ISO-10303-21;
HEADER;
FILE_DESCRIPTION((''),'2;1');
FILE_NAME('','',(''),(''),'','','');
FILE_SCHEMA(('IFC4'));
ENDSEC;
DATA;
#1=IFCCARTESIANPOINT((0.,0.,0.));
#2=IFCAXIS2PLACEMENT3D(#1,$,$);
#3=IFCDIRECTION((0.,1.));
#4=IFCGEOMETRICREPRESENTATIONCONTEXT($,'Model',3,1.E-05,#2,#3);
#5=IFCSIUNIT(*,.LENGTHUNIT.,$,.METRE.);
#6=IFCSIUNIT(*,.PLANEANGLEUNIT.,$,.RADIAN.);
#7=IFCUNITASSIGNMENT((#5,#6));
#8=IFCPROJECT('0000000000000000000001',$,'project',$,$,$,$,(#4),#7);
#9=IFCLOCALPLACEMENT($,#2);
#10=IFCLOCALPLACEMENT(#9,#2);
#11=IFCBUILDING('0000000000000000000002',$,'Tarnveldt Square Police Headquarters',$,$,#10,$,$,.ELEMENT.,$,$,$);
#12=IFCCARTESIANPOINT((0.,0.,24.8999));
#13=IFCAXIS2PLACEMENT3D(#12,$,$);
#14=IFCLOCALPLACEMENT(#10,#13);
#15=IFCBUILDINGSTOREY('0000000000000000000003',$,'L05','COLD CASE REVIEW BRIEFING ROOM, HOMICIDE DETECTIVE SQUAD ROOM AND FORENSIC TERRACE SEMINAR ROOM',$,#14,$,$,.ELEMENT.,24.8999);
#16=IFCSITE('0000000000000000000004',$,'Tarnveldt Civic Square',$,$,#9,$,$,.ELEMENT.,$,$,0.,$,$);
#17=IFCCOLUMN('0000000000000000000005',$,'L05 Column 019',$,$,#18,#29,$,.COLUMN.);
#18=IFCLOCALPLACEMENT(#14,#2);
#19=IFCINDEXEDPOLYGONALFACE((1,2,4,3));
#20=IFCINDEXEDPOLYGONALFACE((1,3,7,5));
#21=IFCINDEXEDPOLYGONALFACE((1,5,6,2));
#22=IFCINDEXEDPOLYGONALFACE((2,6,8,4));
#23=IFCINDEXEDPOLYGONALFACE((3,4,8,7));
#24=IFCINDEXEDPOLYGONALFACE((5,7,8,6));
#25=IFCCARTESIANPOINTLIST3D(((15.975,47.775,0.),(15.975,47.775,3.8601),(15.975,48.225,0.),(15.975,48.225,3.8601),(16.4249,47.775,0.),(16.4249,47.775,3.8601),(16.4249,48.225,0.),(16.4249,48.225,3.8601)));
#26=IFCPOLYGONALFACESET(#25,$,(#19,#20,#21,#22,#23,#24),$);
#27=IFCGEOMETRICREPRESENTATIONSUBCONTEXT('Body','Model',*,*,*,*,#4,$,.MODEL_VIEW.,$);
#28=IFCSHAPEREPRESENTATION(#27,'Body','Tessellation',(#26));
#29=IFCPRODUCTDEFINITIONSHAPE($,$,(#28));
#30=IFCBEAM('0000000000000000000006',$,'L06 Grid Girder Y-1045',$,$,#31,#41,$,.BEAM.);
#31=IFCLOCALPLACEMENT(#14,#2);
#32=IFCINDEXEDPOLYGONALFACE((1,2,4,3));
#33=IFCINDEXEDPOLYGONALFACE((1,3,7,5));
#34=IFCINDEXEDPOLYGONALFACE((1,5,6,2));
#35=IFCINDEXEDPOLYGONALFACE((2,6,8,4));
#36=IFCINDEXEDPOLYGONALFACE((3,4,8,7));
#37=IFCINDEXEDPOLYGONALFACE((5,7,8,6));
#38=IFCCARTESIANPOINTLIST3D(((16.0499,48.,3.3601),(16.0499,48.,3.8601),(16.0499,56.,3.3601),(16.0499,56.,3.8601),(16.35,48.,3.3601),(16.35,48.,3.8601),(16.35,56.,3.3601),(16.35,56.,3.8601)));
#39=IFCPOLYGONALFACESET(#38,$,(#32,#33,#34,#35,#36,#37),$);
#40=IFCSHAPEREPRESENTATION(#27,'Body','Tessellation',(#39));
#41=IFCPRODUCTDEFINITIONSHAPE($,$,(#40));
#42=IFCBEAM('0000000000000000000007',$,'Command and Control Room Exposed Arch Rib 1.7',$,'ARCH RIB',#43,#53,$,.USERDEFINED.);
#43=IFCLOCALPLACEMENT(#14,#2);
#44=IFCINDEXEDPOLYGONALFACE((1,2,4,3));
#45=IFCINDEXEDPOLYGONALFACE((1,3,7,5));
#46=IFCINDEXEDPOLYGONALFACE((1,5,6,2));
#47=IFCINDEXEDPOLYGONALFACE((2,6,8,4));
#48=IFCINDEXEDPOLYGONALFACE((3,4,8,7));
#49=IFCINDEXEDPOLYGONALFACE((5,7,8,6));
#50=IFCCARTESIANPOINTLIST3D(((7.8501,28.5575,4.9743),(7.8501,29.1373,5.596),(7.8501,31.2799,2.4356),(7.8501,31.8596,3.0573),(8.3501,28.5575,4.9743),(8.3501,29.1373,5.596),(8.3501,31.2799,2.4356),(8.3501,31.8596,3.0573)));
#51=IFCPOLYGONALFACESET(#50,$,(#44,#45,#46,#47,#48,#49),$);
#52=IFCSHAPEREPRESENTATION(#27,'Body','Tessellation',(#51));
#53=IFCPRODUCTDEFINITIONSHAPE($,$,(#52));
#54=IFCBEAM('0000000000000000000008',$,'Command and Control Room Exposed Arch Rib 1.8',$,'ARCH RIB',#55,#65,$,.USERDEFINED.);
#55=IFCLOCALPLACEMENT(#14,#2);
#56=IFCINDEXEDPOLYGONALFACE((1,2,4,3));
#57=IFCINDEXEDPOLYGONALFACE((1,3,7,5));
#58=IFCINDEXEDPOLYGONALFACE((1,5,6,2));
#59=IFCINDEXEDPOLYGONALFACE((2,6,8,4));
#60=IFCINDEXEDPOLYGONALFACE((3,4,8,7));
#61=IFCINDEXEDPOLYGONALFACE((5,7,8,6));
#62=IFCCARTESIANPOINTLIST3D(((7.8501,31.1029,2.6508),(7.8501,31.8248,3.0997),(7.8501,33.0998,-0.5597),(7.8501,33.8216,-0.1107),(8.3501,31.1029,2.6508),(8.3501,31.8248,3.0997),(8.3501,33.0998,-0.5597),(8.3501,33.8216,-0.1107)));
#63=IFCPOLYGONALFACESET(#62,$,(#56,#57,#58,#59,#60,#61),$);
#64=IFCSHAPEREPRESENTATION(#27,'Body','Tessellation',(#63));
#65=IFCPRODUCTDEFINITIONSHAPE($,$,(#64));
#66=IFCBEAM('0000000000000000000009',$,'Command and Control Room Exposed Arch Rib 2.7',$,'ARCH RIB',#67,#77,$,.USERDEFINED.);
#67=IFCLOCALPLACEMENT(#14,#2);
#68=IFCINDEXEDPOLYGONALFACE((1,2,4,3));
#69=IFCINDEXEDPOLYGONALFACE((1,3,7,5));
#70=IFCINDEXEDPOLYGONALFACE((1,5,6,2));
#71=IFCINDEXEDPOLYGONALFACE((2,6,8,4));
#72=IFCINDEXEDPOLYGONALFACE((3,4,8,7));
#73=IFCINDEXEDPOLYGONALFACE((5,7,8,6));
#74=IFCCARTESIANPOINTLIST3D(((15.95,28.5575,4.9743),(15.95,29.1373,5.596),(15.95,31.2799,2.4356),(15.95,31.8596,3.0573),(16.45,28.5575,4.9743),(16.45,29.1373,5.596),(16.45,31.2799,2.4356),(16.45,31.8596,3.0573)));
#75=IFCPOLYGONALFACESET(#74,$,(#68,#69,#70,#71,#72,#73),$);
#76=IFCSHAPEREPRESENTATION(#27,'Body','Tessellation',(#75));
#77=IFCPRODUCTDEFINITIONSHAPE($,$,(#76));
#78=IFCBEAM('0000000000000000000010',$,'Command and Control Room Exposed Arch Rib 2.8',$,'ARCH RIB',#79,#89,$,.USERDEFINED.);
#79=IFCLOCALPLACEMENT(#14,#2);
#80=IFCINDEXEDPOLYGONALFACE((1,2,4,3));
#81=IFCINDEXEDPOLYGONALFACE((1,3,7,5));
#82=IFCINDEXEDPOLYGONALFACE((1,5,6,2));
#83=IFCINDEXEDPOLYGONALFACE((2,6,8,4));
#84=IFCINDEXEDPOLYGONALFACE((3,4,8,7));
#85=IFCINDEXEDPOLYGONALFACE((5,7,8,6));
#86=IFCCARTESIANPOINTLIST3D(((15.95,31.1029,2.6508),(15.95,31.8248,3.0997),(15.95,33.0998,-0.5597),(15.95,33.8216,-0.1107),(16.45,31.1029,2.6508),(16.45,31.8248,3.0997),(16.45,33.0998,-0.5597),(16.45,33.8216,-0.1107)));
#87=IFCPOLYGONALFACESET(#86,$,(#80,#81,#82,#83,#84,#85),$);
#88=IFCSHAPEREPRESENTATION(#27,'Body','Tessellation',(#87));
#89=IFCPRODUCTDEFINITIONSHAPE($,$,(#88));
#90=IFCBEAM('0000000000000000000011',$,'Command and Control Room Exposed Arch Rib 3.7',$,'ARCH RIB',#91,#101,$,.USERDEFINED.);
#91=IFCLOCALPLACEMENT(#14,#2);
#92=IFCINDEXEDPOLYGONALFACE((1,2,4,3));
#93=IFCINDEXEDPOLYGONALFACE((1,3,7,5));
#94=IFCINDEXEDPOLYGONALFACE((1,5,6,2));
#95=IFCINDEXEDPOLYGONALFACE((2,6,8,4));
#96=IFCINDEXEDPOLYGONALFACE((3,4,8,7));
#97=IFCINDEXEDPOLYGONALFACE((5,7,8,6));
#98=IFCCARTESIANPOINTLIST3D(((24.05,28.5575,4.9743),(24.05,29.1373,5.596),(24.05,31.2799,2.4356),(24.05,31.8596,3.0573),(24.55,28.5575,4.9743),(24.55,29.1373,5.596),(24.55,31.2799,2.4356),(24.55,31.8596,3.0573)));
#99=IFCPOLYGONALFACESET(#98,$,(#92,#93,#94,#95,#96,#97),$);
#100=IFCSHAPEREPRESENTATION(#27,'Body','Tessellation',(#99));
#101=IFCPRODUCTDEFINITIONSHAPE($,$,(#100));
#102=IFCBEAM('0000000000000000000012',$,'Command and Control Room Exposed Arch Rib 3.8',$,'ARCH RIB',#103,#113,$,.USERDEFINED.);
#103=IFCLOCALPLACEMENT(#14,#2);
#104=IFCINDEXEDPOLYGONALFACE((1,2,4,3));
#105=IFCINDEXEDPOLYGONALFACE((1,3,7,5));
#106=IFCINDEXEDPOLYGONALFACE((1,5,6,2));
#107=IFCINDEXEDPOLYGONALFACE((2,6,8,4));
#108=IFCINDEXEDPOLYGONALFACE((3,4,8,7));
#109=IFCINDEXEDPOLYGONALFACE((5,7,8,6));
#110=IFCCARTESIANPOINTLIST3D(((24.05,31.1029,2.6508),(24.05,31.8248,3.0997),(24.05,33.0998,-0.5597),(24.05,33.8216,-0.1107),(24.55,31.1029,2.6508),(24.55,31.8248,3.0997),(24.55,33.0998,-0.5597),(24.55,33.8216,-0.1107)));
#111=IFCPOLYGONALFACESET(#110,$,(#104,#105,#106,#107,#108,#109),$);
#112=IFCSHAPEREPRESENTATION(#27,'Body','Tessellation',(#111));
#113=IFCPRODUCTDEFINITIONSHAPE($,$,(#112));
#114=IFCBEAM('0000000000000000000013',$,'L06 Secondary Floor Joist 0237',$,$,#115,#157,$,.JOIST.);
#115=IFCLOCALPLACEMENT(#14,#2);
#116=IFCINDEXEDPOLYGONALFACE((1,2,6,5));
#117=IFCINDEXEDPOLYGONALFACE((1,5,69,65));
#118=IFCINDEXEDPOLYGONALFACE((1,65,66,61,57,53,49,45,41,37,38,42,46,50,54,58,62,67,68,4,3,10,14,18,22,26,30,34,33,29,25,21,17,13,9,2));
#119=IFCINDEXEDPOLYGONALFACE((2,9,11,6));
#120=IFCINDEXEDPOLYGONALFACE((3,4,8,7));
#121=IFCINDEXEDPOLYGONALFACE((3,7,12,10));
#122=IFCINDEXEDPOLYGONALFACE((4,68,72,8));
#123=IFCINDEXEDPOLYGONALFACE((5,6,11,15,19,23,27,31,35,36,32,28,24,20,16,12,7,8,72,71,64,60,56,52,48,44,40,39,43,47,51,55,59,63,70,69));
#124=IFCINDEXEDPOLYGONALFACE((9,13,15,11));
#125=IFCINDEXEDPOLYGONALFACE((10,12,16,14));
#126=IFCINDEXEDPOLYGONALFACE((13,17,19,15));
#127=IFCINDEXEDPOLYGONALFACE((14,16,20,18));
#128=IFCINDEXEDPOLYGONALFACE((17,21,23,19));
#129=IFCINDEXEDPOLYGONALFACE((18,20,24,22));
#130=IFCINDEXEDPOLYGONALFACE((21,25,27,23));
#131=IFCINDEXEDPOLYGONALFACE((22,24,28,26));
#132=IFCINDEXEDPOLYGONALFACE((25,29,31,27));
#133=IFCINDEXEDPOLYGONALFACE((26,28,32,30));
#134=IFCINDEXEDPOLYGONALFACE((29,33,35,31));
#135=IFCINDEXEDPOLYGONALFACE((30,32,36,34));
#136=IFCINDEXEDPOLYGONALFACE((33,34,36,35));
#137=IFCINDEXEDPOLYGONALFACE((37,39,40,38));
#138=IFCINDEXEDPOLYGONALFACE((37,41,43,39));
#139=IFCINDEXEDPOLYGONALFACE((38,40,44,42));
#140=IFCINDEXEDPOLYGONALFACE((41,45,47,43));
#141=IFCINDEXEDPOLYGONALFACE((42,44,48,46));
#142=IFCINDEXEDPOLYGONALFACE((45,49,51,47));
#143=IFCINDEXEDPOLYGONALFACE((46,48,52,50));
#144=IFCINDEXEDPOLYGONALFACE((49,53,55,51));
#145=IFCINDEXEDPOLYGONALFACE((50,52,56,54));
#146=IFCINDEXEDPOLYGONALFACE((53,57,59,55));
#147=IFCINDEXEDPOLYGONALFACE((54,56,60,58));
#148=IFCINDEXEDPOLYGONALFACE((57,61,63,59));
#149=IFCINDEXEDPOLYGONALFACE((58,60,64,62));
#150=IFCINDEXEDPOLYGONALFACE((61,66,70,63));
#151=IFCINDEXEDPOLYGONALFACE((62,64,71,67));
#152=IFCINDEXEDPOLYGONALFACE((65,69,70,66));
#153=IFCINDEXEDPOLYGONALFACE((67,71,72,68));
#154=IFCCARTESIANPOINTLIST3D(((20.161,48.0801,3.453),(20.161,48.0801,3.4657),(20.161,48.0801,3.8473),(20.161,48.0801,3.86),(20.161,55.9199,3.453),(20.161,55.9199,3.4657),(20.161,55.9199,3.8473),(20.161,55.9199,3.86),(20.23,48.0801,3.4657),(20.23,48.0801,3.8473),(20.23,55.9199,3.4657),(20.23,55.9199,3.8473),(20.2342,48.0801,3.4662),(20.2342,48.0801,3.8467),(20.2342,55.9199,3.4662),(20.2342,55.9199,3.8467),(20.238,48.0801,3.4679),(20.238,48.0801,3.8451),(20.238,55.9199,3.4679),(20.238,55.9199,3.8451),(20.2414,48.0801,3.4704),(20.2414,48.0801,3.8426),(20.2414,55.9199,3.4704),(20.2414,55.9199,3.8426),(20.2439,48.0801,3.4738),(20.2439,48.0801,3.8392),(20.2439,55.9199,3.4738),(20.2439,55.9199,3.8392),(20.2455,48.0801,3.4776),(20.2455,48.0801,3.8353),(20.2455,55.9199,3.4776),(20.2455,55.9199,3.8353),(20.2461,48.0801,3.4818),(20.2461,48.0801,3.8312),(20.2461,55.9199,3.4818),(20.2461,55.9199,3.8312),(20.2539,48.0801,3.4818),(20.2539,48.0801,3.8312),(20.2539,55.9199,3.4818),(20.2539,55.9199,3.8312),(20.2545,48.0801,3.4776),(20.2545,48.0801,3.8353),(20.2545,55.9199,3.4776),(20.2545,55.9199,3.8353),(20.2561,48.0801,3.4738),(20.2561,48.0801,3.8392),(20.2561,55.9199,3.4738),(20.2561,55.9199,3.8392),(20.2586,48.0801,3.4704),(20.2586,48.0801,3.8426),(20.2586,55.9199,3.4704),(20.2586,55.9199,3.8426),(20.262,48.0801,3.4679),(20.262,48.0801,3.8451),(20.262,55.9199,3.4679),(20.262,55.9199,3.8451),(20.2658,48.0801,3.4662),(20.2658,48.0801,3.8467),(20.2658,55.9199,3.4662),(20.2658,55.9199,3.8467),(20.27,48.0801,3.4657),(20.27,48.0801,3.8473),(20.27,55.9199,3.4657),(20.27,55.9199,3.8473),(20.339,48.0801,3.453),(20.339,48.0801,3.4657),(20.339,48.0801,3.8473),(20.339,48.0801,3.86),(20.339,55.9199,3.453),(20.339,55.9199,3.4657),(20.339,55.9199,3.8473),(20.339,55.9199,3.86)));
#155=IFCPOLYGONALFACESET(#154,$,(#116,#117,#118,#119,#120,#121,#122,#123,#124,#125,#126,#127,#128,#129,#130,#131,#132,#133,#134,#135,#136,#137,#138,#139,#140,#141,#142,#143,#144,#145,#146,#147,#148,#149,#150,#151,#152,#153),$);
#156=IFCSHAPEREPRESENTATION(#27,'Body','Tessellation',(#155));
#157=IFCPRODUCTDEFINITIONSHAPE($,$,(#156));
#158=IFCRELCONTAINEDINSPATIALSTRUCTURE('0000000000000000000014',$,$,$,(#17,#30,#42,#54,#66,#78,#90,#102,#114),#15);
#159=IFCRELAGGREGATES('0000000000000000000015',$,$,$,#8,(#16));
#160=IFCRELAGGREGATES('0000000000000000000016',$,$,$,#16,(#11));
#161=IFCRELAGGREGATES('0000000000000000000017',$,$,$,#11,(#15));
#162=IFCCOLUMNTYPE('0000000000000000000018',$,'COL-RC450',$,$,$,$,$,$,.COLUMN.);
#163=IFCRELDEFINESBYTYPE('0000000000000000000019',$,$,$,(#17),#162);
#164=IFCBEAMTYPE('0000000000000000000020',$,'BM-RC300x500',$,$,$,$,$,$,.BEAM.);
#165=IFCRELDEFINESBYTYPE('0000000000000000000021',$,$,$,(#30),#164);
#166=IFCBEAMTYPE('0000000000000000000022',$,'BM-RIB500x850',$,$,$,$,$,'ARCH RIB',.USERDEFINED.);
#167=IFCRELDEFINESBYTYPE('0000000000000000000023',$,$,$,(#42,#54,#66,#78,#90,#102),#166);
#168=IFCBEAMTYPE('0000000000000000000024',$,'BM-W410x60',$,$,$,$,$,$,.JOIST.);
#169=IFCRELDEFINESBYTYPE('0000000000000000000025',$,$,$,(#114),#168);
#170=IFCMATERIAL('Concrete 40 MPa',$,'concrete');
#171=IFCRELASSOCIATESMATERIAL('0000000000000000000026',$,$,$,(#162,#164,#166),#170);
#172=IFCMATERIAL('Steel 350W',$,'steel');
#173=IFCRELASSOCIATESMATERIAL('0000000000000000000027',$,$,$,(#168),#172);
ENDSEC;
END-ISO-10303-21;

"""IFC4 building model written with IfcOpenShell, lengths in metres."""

from ifc_helpers import new_model, si_unit, direction, frame, origin, origin_2d, place, context, subcontext, project, spatial, rectangle, i_section, extrude, material, material_profile, profile_set, type_object, element, save


model = new_model("IFC4")

# Units and contexts
model_context = context("Model", 3, precision=1e-05, world=origin(), true_north=direction((0.0, 1.0)))
body_context = subcontext(model_context, "Body", "Model", "MODEL_VIEW")
ifc_project = project(units=[si_unit("LENGTHUNIT", "METRE"), si_unit("PLANEANGLEUNIT", "RADIAN")], contexts=[model_context])

# Site, building, storey
site_placement = place(None, origin())
site = spatial("IfcSite", under=ifc_project, at=site_placement, Name="Tarnveldt Civic Square", CompositionType="ELEMENT", RefElevation=0.0)
building_placement = place(site_placement, origin())
building = spatial("IfcBuilding", under=site, at=building_placement, Name="Tarnveldt Square Police Headquarters", CompositionType="ELEMENT")
storey_placement = place(building_placement, frame((0.0, 0.0, 24.8999)))
storey = spatial("IfcBuildingStorey", under=building, at=storey_placement, Name="L05", Description="COLD CASE REVIEW BRIEFING ROOM, HOMICIDE DETECTIVE SQUAD ROOM AND FORENSIC TERRACE SEMINAR ROOM", CompositionType="ELEMENT", Elevation=24.8999)

# Column
ifc_material_1 = material(Name="Concrete 40 MPa", Category="concrete")
ifc_material_profile_1 = material_profile(ifc_material_1, rectangle(XDim=0.45, YDim=0.45, at=origin_2d()), Name="RC-C450x450")
ifc_profile_set_1 = profile_set([ifc_material_profile_1], Name="Concrete 40 MPa")
column_type = type_object("IfcColumnType", Name="COL-RC450", PredefinedType="COLUMN", material=ifc_profile_set_1)
column_placement = place(storey_placement, frame((16.2, 48.0, 0.0), z_axis=(0.0, 0.0, 1.0), x_axis=(1.0, 0.0, 0.0)))
element("IfcColumn", 1, at=column_placement, inside=storey, type_object=column_type, Name="L05 Column 019", PredefinedType="COLUMN", context=body_context, shape_type="SweptSolid", body=[
    extrude(rectangle(XDim=0.45, YDim=0.45, at=origin_2d()), origin(), (0.0, 0.0, 1.0), 3.8601),
])

# Beams
ifc_material_profile_2 = material_profile(ifc_material_1, rectangle(XDim=0.3, YDim=0.5, at=origin_2d()), Name="RC-B300x500")
ifc_profile_set_2 = profile_set([ifc_material_profile_2], Name="Concrete 40 MPa")
beam_type_1 = type_object("IfcBeamType", Name="BM-RC300x500", PredefinedType="BEAM", material=ifc_profile_set_2)
beam_1_placement = place(storey_placement, frame((16.2, 48.0, 3.6101), z_axis=(0.0, 1.0, 0.0), x_axis=(-1.0, 0.0, 0.0)))
element("IfcBeam", 2, at=beam_1_placement, inside=storey, type_object=beam_type_1, Name="L06 Grid Girder Y-1045", PredefinedType="BEAM", context=body_context, shape_type="SweptSolid", body=[
    extrude(rectangle(XDim=0.3, YDim=0.5, at=origin_2d()), origin(), (0.0, 0.0, 1.0), 8.0),
])
ifc_material_profile_3 = material_profile(ifc_material_1, rectangle(XDim=0.5, YDim=0.8501, at=origin_2d()), Name="RC-RIB500x850")
ifc_profile_set_3 = profile_set([ifc_material_profile_3], Name="Concrete 40 MPa")
beam_type_2 = type_object("IfcBeamType", Name="BM-RIB500x850", ElementType="ARCH RIB", PredefinedType="USERDEFINED", material=ifc_profile_set_3)
beam_2_placement = place(storey_placement, frame((8.1001, 28.8474, 5.2852), z_axis=(0.0, 0.731337, -0.682017), x_axis=(-1.0, 0.0, 0.0)))
element("IfcBeam", 3, at=beam_2_placement, inside=storey, type_object=beam_type_2, Name="Command and Control Room Exposed Arch Rib 1.7", ObjectType="ARCH RIB", PredefinedType="USERDEFINED", context=body_context, shape_type="SweptSolid", body=[
    extrude(rectangle(XDim=0.5, YDim=0.8501, at=origin_2d()), origin(), (0.0, 0.0, 1.0), 3.7224),
])
beam_3_placement = place(storey_placement, frame((8.1001, 31.4639, 2.8752), z_axis=(0.0, 0.528152, -0.84915), x_axis=(-1.0, 0.0, 0.0)))
element("IfcBeam", 4, at=beam_3_placement, inside=storey, type_object=beam_type_2, Name="Command and Control Room Exposed Arch Rib 1.8", ObjectType="ARCH RIB", PredefinedType="USERDEFINED", context=body_context, shape_type="SweptSolid", body=[
    extrude(rectangle(XDim=0.5, YDim=0.8501, at=origin_2d()), origin(), (0.0, 0.0, 1.0), 3.7808),
])
beam_4_placement = place(storey_placement, frame((16.2, 28.8474, 5.2852), z_axis=(0.0, 0.731337, -0.682017), x_axis=(-1.0, 0.0, 0.0)))
element("IfcBeam", 5, at=beam_4_placement, inside=storey, type_object=beam_type_2, Name="Command and Control Room Exposed Arch Rib 2.7", ObjectType="ARCH RIB", PredefinedType="USERDEFINED", context=body_context, shape_type="SweptSolid", body=[
    extrude(rectangle(XDim=0.5, YDim=0.8501, at=origin_2d()), origin(), (0.0, 0.0, 1.0), 3.7224),
])
beam_5_placement = place(storey_placement, frame((16.2, 31.4639, 2.8752), z_axis=(0.0, 0.528152, -0.84915), x_axis=(-1.0, 0.0, 0.0)))
element("IfcBeam", 6, at=beam_5_placement, inside=storey, type_object=beam_type_2, Name="Command and Control Room Exposed Arch Rib 2.8", ObjectType="ARCH RIB", PredefinedType="USERDEFINED", context=body_context, shape_type="SweptSolid", body=[
    extrude(rectangle(XDim=0.5, YDim=0.8501, at=origin_2d()), origin(), (0.0, 0.0, 1.0), 3.7808),
])
beam_6_placement = place(storey_placement, frame((24.3, 28.8474, 5.2852), z_axis=(0.0, 0.731337, -0.682017), x_axis=(-1.0, 0.0, 0.0)))
element("IfcBeam", 7, at=beam_6_placement, inside=storey, type_object=beam_type_2, Name="Command and Control Room Exposed Arch Rib 3.7", ObjectType="ARCH RIB", PredefinedType="USERDEFINED", context=body_context, shape_type="SweptSolid", body=[
    extrude(rectangle(XDim=0.5, YDim=0.8501, at=origin_2d()), origin(), (0.0, 0.0, 1.0), 3.7224),
])
beam_7_placement = place(storey_placement, frame((24.3, 31.4639, 2.8752), z_axis=(0.0, 0.528152, -0.84915), x_axis=(-1.0, 0.0, 0.0)))
element("IfcBeam", 8, at=beam_7_placement, inside=storey, type_object=beam_type_2, Name="Command and Control Room Exposed Arch Rib 3.8", ObjectType="ARCH RIB", PredefinedType="USERDEFINED", context=body_context, shape_type="SweptSolid", body=[
    extrude(rectangle(XDim=0.5, YDim=0.8501, at=origin_2d()), origin(), (0.0, 0.0, 1.0), 3.7808),
])
ifc_material_2 = material(Name="Steel 350W", Category="steel")
ifc_material_profile_4 = material_profile(ifc_material_2, i_section(OverallWidth=0.178, OverallDepth=0.407, WebThickness=0.0078, FlangeThickness=0.0127, FilletRadius=0.0161, at=origin_2d()), Name="W410x60")
ifc_profile_set_4 = profile_set([ifc_material_profile_4], Name="Steel 350W")
beam_type_3 = type_object("IfcBeamType", Name="BM-W410x60", PredefinedType="JOIST", material=ifc_profile_set_4)
beam_8_placement = place(storey_placement, frame((20.25, 48.0801, 3.6565), z_axis=(0.0, 1.0, 0.0), x_axis=(-1.0, 0.0, 0.0)))
element("IfcBeam", 9, at=beam_8_placement, inside=storey, type_object=beam_type_3, Name="L06 Secondary Floor Joist 0237", PredefinedType="JOIST", context=body_context, shape_type="SweptSolid", body=[
    extrude(i_section(OverallWidth=0.178, OverallDepth=0.407, WebThickness=0.0078, FlangeThickness=0.0127, FilletRadius=0.0161, at=origin_2d()), origin(), (0.0, 0.0, 1.0), 7.8398),
])

save(model, "model.ifc")
